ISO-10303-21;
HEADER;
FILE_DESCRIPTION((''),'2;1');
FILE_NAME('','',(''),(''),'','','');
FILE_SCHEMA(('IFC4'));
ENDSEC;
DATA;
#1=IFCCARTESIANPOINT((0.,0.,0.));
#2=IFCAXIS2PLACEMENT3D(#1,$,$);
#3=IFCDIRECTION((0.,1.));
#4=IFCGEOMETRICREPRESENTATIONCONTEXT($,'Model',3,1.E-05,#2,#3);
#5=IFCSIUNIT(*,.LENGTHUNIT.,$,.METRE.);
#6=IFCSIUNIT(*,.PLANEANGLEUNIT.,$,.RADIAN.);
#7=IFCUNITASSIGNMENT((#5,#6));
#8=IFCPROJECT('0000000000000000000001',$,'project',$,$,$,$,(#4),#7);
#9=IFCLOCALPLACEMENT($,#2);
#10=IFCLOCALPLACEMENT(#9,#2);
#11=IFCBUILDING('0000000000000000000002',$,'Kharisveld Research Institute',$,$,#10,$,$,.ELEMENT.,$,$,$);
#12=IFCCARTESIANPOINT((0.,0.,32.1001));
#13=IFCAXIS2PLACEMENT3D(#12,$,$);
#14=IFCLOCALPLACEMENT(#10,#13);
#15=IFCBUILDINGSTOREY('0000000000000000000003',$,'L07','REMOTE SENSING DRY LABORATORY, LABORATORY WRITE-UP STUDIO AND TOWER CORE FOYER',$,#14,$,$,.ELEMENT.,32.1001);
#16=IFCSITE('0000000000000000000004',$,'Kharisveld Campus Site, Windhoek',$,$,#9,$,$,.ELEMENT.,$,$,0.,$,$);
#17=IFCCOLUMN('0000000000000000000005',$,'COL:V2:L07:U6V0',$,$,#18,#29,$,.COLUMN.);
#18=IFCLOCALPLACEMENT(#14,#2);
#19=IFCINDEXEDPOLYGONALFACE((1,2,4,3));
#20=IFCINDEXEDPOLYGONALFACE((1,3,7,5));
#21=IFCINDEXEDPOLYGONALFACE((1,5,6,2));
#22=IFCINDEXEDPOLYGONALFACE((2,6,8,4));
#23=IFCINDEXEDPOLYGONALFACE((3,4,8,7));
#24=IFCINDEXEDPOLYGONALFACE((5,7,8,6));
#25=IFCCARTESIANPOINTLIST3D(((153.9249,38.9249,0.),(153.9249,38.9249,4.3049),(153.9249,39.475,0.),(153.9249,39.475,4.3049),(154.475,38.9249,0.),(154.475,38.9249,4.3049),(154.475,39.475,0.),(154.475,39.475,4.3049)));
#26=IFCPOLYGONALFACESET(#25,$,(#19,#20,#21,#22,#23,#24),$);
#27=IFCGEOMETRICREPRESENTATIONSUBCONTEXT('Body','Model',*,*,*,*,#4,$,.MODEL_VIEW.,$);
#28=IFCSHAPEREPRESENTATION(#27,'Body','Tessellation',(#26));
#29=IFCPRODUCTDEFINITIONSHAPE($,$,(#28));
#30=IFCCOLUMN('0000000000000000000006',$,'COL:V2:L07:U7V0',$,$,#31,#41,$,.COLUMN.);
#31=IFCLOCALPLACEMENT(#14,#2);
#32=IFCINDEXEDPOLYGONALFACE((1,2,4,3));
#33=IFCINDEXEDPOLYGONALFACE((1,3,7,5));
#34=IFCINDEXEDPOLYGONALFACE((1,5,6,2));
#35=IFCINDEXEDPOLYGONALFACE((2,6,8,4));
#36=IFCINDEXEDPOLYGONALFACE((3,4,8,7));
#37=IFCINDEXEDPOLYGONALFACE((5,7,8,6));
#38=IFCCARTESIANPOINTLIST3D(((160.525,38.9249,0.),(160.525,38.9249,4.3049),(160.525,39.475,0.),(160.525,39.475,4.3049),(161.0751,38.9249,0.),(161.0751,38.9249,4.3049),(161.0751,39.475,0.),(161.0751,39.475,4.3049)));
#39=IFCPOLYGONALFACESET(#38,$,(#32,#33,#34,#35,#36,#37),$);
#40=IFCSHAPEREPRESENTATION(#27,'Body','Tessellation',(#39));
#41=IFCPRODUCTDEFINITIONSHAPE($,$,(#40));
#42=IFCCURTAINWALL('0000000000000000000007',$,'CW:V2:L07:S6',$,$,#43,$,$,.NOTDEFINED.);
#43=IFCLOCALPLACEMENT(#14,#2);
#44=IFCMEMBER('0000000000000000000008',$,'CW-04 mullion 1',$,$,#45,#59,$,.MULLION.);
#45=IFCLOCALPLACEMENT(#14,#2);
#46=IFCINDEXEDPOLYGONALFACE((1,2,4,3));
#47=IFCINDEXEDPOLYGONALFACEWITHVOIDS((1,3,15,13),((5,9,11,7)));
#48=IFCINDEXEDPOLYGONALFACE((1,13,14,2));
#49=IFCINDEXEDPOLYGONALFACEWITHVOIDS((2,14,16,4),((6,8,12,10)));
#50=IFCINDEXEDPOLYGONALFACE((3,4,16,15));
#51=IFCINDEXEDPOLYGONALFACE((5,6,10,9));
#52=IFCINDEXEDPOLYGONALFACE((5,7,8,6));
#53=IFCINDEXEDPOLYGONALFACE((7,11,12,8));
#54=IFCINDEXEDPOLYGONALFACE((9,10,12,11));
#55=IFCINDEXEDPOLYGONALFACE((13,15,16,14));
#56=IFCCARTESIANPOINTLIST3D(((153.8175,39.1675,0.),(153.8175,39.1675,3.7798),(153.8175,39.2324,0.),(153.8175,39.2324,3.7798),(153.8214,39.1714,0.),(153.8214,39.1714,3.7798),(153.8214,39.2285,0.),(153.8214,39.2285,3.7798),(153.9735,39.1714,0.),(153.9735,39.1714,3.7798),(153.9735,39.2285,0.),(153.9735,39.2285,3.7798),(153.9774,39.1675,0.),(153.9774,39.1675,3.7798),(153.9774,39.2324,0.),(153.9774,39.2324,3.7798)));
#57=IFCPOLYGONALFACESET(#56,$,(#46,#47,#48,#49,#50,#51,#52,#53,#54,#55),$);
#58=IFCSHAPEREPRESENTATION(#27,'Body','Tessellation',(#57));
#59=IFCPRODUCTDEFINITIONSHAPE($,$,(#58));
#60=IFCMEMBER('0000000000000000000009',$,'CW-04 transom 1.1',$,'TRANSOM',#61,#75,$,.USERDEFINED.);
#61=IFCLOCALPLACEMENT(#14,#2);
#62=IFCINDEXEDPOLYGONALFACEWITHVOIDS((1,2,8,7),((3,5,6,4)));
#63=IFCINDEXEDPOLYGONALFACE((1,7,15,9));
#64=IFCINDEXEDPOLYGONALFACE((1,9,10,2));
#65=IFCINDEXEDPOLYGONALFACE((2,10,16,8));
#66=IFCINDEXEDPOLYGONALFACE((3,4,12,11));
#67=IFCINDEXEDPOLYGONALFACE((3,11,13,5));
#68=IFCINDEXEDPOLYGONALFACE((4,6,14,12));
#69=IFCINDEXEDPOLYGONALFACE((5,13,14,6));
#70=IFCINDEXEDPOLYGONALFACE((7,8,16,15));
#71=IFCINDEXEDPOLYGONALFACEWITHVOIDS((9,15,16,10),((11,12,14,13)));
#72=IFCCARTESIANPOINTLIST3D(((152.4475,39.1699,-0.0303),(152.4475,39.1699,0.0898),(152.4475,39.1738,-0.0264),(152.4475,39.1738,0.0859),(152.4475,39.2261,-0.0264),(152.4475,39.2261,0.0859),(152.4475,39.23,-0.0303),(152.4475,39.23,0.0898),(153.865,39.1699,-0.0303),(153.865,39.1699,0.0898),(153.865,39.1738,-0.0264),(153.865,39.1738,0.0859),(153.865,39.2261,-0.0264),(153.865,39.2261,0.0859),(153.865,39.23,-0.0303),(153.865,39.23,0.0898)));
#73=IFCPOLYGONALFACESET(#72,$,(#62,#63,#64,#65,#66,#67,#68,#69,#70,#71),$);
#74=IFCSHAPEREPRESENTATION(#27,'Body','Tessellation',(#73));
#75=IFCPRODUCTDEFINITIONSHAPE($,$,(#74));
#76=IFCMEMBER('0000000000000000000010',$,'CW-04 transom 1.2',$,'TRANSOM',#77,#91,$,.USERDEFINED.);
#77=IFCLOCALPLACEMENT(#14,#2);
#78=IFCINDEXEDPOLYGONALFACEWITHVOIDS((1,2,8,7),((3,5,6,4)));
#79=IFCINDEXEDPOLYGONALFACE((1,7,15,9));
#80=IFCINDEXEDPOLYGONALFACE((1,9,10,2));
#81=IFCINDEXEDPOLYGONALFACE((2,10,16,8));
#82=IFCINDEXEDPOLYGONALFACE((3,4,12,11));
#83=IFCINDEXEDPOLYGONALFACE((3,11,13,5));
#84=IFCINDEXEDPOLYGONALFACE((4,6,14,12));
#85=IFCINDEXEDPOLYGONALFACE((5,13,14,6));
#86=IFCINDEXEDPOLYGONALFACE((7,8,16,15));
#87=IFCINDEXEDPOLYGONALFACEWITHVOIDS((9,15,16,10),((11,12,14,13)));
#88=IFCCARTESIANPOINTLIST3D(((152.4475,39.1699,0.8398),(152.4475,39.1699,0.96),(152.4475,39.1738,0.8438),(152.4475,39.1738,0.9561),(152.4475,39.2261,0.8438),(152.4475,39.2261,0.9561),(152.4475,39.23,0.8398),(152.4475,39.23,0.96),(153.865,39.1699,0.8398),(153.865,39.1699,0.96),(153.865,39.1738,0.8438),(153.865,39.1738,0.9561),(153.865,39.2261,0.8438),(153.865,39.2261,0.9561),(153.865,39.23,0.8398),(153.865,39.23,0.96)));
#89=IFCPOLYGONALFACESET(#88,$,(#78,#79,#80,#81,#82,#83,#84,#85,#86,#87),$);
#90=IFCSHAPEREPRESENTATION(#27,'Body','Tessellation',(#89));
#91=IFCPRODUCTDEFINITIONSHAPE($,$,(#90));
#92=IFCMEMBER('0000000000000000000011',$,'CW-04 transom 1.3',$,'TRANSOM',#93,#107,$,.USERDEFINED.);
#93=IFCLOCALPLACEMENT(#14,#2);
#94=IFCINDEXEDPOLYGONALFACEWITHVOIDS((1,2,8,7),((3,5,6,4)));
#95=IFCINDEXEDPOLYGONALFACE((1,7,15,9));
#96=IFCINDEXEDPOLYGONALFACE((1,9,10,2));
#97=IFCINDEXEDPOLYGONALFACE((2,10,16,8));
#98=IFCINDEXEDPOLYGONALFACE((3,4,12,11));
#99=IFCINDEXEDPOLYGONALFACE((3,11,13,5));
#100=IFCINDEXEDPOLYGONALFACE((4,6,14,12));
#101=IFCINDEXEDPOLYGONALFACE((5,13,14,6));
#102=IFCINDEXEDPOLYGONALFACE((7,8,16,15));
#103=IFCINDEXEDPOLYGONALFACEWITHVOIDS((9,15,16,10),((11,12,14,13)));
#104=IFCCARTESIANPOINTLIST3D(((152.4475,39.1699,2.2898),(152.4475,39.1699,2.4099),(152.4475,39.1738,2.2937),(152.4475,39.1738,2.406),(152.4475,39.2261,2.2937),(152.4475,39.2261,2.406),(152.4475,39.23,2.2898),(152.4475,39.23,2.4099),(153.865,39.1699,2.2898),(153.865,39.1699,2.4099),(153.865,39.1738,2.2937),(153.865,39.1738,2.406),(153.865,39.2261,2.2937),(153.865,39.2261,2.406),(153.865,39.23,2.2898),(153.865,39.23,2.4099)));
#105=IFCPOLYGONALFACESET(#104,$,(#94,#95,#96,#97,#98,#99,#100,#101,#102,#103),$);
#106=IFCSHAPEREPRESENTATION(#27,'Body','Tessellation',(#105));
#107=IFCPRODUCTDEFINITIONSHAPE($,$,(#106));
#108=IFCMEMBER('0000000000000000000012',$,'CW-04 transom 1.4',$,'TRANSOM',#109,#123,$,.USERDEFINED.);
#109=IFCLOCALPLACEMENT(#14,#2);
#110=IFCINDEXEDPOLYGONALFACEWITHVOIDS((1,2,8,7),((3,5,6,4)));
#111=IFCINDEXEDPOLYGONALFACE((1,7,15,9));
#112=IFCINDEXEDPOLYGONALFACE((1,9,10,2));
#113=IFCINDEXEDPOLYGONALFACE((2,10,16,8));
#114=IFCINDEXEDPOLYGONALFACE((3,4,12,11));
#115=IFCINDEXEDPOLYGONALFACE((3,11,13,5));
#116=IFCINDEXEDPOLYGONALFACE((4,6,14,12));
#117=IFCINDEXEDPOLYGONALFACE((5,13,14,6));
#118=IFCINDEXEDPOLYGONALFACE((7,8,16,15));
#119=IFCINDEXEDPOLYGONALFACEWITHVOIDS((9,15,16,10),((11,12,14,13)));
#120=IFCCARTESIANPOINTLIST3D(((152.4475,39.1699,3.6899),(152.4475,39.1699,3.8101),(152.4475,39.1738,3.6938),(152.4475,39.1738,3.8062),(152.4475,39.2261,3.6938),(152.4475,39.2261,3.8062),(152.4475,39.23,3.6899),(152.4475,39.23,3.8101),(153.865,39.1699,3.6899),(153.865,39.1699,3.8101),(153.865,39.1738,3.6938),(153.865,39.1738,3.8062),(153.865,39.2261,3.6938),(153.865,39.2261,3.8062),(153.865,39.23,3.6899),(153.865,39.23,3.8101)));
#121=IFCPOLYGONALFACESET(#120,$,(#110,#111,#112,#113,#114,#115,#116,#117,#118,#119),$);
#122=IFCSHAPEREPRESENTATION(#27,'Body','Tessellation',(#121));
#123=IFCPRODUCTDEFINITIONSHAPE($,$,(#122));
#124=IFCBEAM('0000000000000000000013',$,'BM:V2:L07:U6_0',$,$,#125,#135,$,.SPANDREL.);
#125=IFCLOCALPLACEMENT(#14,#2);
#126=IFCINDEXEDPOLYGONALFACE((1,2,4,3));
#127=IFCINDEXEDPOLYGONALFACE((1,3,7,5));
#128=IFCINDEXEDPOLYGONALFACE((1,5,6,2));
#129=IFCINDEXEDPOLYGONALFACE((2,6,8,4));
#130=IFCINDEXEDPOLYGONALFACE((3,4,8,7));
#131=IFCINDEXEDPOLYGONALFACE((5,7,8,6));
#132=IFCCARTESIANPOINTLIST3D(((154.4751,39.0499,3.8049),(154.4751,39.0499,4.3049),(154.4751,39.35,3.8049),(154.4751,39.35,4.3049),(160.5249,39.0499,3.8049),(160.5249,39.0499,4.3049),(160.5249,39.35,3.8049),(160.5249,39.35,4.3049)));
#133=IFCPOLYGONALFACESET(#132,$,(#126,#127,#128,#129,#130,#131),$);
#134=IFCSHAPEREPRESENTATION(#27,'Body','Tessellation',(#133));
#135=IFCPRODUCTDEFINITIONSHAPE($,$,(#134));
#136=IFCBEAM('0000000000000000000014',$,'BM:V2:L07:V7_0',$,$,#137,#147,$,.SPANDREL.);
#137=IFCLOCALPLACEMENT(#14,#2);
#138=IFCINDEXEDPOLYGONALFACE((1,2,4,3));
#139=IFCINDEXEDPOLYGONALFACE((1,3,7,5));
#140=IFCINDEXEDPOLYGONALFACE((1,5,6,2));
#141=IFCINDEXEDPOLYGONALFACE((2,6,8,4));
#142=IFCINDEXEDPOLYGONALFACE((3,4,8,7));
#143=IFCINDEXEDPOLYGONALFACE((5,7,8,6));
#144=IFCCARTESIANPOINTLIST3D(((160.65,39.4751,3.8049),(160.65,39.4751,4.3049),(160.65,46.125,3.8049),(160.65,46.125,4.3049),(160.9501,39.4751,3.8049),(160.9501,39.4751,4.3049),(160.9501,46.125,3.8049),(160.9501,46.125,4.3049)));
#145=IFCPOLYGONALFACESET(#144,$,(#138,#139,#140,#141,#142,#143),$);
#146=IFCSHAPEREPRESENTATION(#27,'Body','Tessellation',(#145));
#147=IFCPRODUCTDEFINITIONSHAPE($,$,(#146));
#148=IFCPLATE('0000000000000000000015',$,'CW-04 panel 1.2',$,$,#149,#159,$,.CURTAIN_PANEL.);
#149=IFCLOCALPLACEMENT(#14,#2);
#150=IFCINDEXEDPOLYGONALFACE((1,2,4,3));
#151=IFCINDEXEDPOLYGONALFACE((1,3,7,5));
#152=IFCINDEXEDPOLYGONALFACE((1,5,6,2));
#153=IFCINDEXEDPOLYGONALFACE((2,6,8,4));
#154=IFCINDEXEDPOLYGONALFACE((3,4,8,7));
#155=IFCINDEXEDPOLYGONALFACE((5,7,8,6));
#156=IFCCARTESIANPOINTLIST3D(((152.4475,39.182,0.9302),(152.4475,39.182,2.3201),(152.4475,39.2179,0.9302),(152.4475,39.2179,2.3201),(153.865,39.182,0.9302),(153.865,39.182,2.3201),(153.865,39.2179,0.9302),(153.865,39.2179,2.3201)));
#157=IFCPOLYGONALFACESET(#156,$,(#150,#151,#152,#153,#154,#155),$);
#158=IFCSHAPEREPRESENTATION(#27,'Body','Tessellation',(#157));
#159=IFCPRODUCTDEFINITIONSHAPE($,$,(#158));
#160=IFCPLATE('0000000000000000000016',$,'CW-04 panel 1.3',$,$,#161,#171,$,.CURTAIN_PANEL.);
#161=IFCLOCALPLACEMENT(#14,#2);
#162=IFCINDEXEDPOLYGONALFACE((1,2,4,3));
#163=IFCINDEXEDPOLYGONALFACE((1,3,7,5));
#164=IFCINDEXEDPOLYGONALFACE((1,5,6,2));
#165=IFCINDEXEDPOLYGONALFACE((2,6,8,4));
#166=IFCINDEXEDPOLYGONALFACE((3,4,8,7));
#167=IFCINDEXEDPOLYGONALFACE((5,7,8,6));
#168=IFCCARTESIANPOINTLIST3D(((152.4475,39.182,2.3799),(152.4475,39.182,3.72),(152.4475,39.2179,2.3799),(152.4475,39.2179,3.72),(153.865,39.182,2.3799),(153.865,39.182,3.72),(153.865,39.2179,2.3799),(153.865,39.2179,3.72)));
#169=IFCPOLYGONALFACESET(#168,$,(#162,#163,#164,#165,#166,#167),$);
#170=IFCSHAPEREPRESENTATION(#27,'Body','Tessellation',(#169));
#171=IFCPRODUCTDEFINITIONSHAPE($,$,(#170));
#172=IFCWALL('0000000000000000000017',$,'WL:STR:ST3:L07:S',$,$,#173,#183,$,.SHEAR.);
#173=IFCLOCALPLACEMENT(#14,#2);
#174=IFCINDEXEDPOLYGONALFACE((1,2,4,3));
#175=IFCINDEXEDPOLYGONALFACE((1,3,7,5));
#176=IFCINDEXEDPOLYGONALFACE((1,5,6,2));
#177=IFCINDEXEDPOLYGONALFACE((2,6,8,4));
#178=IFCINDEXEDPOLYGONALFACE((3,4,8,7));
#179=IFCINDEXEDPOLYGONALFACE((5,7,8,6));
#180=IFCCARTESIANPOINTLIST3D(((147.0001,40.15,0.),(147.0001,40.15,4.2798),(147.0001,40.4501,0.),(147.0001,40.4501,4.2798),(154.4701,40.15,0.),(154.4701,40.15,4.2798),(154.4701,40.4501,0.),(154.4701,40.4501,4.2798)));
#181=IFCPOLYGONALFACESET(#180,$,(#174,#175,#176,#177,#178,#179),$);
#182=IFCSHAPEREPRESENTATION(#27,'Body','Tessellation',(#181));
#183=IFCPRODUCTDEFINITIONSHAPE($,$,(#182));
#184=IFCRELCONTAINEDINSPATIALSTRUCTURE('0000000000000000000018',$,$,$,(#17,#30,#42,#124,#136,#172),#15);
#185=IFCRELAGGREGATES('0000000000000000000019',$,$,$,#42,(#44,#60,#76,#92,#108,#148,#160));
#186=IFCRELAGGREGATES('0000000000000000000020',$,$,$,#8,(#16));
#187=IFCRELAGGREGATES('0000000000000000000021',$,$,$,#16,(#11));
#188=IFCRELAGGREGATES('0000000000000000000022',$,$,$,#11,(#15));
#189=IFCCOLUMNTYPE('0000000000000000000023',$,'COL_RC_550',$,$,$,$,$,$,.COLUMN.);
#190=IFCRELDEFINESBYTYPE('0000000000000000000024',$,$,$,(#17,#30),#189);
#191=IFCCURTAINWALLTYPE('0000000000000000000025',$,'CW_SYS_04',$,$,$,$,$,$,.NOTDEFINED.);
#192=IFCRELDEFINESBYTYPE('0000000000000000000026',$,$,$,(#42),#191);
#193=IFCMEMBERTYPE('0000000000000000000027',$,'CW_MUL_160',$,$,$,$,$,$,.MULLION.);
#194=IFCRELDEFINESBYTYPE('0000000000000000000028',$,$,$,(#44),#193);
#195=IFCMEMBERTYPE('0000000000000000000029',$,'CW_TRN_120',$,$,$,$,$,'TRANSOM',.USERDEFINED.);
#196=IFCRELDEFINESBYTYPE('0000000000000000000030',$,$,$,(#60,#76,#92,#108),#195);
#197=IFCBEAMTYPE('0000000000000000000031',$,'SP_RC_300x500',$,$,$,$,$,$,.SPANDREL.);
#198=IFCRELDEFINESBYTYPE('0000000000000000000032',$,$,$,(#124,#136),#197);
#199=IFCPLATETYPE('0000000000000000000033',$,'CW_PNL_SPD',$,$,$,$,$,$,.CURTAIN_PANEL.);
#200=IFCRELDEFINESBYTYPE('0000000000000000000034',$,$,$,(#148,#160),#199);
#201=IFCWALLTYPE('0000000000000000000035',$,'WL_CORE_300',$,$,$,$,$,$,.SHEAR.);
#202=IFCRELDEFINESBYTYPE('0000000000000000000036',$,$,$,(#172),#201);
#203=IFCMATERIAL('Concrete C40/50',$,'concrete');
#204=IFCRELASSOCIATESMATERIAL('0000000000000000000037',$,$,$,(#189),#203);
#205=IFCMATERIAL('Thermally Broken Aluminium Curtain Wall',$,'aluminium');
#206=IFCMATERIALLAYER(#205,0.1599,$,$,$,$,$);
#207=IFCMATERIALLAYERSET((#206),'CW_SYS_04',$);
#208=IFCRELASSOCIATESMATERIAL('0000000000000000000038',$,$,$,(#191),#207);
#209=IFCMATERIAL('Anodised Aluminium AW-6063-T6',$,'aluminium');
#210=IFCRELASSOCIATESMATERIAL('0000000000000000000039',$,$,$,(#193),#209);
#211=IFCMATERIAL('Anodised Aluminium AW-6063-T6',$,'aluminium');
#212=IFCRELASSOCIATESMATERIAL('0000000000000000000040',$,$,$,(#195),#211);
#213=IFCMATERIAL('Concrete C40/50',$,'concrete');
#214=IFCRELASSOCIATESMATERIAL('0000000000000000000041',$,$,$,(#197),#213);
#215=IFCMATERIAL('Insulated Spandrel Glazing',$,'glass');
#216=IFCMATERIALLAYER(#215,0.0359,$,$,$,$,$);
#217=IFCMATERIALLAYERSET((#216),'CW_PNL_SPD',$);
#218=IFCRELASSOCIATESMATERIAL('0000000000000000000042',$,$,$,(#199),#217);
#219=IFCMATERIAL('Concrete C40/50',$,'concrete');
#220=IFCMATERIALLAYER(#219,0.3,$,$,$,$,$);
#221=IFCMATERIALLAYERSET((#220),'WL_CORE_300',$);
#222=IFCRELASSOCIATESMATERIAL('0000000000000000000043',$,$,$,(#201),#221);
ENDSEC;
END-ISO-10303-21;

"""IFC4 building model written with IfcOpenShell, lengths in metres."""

from ifc_helpers import new_model, si_unit, direction, frame, frame_2d, origin, origin_2d, place, context, subcontext, project, spatial, rectangle, hollow_rectangle, extrude, material, layer, layer_set, material_profile, profile_set, type_object, element, aggregate, save


model = new_model("IFC4")

# Units and contexts
model_context = context("Model", 3, precision=1e-05, world=origin(), true_north=direction((0.0, 1.0)))
body_context = subcontext(model_context, "Body", "Model", "MODEL_VIEW")
ifc_project = project(units=[si_unit("LENGTHUNIT", "METRE"), si_unit("PLANEANGLEUNIT", "RADIAN")], contexts=[model_context])

# Site, building, storey
site_placement = place(None, origin())
site = spatial("IfcSite", under=ifc_project, at=site_placement, Name="Kharisveld Campus Site, Windhoek", CompositionType="ELEMENT", RefElevation=0.0)
building_placement = place(site_placement, origin())
building = spatial("IfcBuilding", under=site, at=building_placement, Name="Kharisveld Research Institute", CompositionType="ELEMENT")
storey_placement = place(building_placement, frame((0.0, 0.0, 32.1001)))
storey = spatial("IfcBuildingStorey", under=building, at=storey_placement, Name="L07", Description="REMOTE SENSING DRY LABORATORY, LABORATORY WRITE-UP STUDIO AND TOWER CORE FOYER", CompositionType="ELEMENT", Elevation=32.1001)

# Columns
ifc_material_1 = material(Name="Concrete C40/50", Category="concrete")
ifc_material_profile_1 = material_profile(ifc_material_1, rectangle(XDim=0.55, YDim=0.55, at=origin_2d()))
ifc_profile_set_1 = profile_set([ifc_material_profile_1], Name="Concrete C40/50")
column_type = type_object("IfcColumnType", Name="COL_RC_550", PredefinedType="COLUMN", material=ifc_profile_set_1)
for number, where, z_axis, x_axis, name in (
    (1, (154.2, 39.2, 0.0), (0.0, 0.0, 1.0), (1.0, 0.0, 0.0), "COL:V2:L07:U6V0"),
    (2, (160.8, 39.2, 0.0), (0.0, 0.0, 1.0), (1.0, 0.0, 0.0), "COL:V2:L07:U7V0"),
):
    element("IfcColumn", number, at=place(storey_placement, frame(where, z_axis=z_axis, x_axis=x_axis)), inside=storey, type_object=column_type, Name=name, PredefinedType="COLUMN", context=body_context, shape_type="SweptSolid", body=[
        extrude(rectangle(XDim=0.55, YDim=0.55, at=origin_2d()), origin(), (0.0, 0.0, 1.0), 4.3049),
    ])

# Curtain wall, members
ifc_material_2 = material(Name="Thermally Broken Aluminium Curtain Wall", Category="aluminium")
ifc_layer_1 = layer(ifc_material_2, 0.1599)
ifc_layer_set_1 = layer_set([ifc_layer_1], Name="CW_SYS_04")
curtain_wall_type = type_object("IfcCurtainWallType", Name="CW_SYS_04", PredefinedType="NOTDEFINED", material=ifc_layer_set_1)
curtain_wall_placement = place(storey_placement, origin())
curtain_wall = element("IfcCurtainWall", 3, at=curtain_wall_placement, inside=storey, type_object=curtain_wall_type, Name="CW:V2:L07:S6", PredefinedType="NOTDEFINED")
ifc_material_3 = material(Name="Anodised Aluminium AW-6063-T6", Category="aluminium")
ifc_material_profile_2 = material_profile(ifc_material_3, hollow_rectangle(XDim=0.0649, YDim=0.1599, WallThickness=0.0039, at=origin_2d()))
ifc_profile_set_2 = profile_set([ifc_material_profile_2], Name="Anodised Aluminium AW-6063-T6")
member_type_1 = type_object("IfcMemberType", Name="CW_MUL_160", PredefinedType="MULLION", material=ifc_profile_set_2)
member_1_placement = place(storey_placement, frame((153.8975, 39.2, 0.0), z_axis=(0.0, 0.0, 1.0), x_axis=(0.0, -1.0, 0.0)))
member_1 = element("IfcMember", 4, at=member_1_placement, type_object=member_type_1, Name="CW-04 mullion 1", PredefinedType="MULLION", context=body_context, shape_type="SweptSolid", body=[
    extrude(hollow_rectangle(XDim=0.0649, YDim=0.1599, WallThickness=0.0039, at=origin_2d()), origin(), (0.0, 0.0, 1.0), 3.7798),
])
ifc_material_4 = material(Name="Anodised Aluminium AW-6063-T6", Category="aluminium")
ifc_material_profile_3 = material_profile(ifc_material_4, hollow_rectangle(XDim=0.0601, YDim=0.1201, WallThickness=0.0039, at=origin_2d()))
ifc_profile_set_3 = profile_set([ifc_material_profile_3], Name="Anodised Aluminium AW-6063-T6")
member_type_2 = type_object("IfcMemberType", Name="CW_TRN_120", ElementType="TRANSOM", PredefinedType="USERDEFINED", material=ifc_profile_set_3)
member_2_placement = place(storey_placement, frame((153.865, 39.2, 0.0298), z_axis=(-1.0, 0.0, 0.0), x_axis=(0.0, -1.0, 0.0)))
member_2 = element("IfcMember", 5, at=member_2_placement, type_object=member_type_2, Name="CW-04 transom 1.1", ObjectType="TRANSOM", PredefinedType="USERDEFINED", context=body_context, shape_type="SweptSolid", body=[
    extrude(hollow_rectangle(XDim=0.0601, YDim=0.1201, WallThickness=0.0039, at=origin_2d()), origin(), (0.0, 0.0, 1.0), 1.4175),
])
member_3_placement = place(storey_placement, frame((153.865, 39.2, 0.8999), z_axis=(-1.0, 0.0, 0.0), x_axis=(0.0, -1.0, 0.0)))
member_3 = element("IfcMember", 6, at=member_3_placement, type_object=member_type_2, Name="CW-04 transom 1.2", ObjectType="TRANSOM", PredefinedType="USERDEFINED", context=body_context, shape_type="SweptSolid", body=[
    extrude(hollow_rectangle(XDim=0.0601, YDim=0.1201, WallThickness=0.0039, at=origin_2d()), origin(), (0.0, 0.0, 1.0), 1.4175),
])
member_4_placement = place(storey_placement, frame((153.865, 39.2, 2.3499), z_axis=(-1.0, 0.0, 0.0), x_axis=(0.0, -1.0, 0.0)))
member_4 = element("IfcMember", 7, at=member_4_placement, type_object=member_type_2, Name="CW-04 transom 1.3", ObjectType="TRANSOM", PredefinedType="USERDEFINED", context=body_context, shape_type="SweptSolid", body=[
    extrude(hollow_rectangle(XDim=0.0601, YDim=0.1201, WallThickness=0.0039, at=origin_2d()), origin(), (0.0, 0.0, 1.0), 1.4175),
])
member_5_placement = place(storey_placement, frame((153.865, 39.2, 3.75), z_axis=(-1.0, 0.0, 0.0), x_axis=(0.0, -1.0, 0.0)))
member_5 = element("IfcMember", 8, at=member_5_placement, type_object=member_type_2, Name="CW-04 transom 1.4", ObjectType="TRANSOM", PredefinedType="USERDEFINED", context=body_context, shape_type="SweptSolid", body=[
    extrude(hollow_rectangle(XDim=0.0601, YDim=0.1201, WallThickness=0.0039, at=origin_2d()), origin(), (0.0, 0.0, 1.0), 1.4175),
])

# Beams
ifc_material_5 = material(Name="Concrete C40/50", Category="concrete")
ifc_material_profile_4 = material_profile(ifc_material_5, rectangle(XDim=0.3, YDim=0.5, at=origin_2d()))
ifc_profile_set_4 = profile_set([ifc_material_profile_4], Name="Concrete C40/50")
beam_type = type_object("IfcBeamType", Name="SP_RC_300x500", PredefinedType="SPANDREL", material=ifc_profile_set_4)
beam_1_placement = place(storey_placement, frame((154.4751, 39.2, 4.0549), z_axis=(1.0, 0.0, 0.0), x_axis=(0.0, 1.0, 0.0)))
element("IfcBeam", 9, at=beam_1_placement, inside=storey, type_object=beam_type, Name="BM:V2:L07:U6_0", PredefinedType="SPANDREL", context=body_context, shape_type="SweptSolid", body=[
    extrude(rectangle(XDim=0.3, YDim=0.5, at=origin_2d()), origin(), (0.0, 0.0, 1.0), 6.0498),
])
beam_2_placement = place(storey_placement, frame((160.8, 39.4751, 4.0549), z_axis=(0.0, 1.0, 0.0), x_axis=(-1.0, 0.0, 0.0)))
element("IfcBeam", 10, at=beam_2_placement, inside=storey, type_object=beam_type, Name="BM:V2:L07:V7_0", PredefinedType="SPANDREL", context=body_context, shape_type="SweptSolid", body=[
    extrude(rectangle(XDim=0.3, YDim=0.5, at=origin_2d()), origin(), (0.0, 0.0, 1.0), 6.6499),
])

# Plates
ifc_material_6 = material(Name="Insulated Spandrel Glazing", Category="glass")
ifc_layer_2 = layer(ifc_material_6, 0.0359)
ifc_layer_set_2 = layer_set([ifc_layer_2], Name="CW_PNL_SPD")
plate_type = type_object("IfcPlateType", Name="CW_PNL_SPD", PredefinedType="CURTAIN_PANEL", material=ifc_layer_set_2)
plate_1_placement = place(storey_placement, frame((153.1562, 39.2, 0.9302), z_axis=(0.0, 0.0, 1.0), x_axis=(-1.0, 0.0, 0.0)))
plate_1 = element("IfcPlate", 11, at=plate_1_placement, type_object=plate_type, Name="CW-04 panel 1.2", PredefinedType="CURTAIN_PANEL", context=body_context, shape_type="SweptSolid", body=[
    extrude(rectangle(XDim=1.4175, YDim=0.0359, at=origin_2d()), origin(), (0.0, 0.0, 1.0), 1.3899),
])
plate_2_placement = place(storey_placement, frame((153.1562, 39.2, 2.3799), z_axis=(0.0, 0.0, 1.0), x_axis=(-1.0, 0.0, 0.0)))
plate_2 = element("IfcPlate", 12, at=plate_2_placement, type_object=plate_type, Name="CW-04 panel 1.3", PredefinedType="CURTAIN_PANEL", context=body_context, shape_type="SweptSolid", body=[
    extrude(rectangle(XDim=1.4175, YDim=0.0359, at=origin_2d()), origin(), (0.0, 0.0, 1.0), 1.3401),
])
aggregate(curtain_wall, [member_1, member_2, member_3, member_4, member_5, plate_1, plate_2])

# Wall
ifc_material_7 = material(Name="Concrete C40/50", Category="concrete")
ifc_layer_3 = layer(ifc_material_7, 0.3)
ifc_layer_set_3 = layer_set([ifc_layer_3], Name="WL_CORE_300")
wall_type_1 = type_object("IfcWallType", Name="WL_CORE_300", PredefinedType="SHEAR", material=ifc_layer_set_3)
wall_1_placement = place(storey_placement, frame((154.47, 40.3, 0.0), z_axis=(0.0, 0.0, 1.0), x_axis=(-1.0, 0.0, 0.0)))
element("IfcWall", 13, at=wall_1_placement, inside=storey, type_object=wall_type_1, Name="WL:STR:ST3:L07:S", PredefinedType="SHEAR", context=body_context, shape_type="SweptSolid", body=[
    extrude(rectangle(XDim=7.47, YDim=0.3, at=frame_2d((3.7349, 0.0))), origin(), (0.0, 0.0, 1.0), 4.2798),
])

save(model, "model.ifc")
